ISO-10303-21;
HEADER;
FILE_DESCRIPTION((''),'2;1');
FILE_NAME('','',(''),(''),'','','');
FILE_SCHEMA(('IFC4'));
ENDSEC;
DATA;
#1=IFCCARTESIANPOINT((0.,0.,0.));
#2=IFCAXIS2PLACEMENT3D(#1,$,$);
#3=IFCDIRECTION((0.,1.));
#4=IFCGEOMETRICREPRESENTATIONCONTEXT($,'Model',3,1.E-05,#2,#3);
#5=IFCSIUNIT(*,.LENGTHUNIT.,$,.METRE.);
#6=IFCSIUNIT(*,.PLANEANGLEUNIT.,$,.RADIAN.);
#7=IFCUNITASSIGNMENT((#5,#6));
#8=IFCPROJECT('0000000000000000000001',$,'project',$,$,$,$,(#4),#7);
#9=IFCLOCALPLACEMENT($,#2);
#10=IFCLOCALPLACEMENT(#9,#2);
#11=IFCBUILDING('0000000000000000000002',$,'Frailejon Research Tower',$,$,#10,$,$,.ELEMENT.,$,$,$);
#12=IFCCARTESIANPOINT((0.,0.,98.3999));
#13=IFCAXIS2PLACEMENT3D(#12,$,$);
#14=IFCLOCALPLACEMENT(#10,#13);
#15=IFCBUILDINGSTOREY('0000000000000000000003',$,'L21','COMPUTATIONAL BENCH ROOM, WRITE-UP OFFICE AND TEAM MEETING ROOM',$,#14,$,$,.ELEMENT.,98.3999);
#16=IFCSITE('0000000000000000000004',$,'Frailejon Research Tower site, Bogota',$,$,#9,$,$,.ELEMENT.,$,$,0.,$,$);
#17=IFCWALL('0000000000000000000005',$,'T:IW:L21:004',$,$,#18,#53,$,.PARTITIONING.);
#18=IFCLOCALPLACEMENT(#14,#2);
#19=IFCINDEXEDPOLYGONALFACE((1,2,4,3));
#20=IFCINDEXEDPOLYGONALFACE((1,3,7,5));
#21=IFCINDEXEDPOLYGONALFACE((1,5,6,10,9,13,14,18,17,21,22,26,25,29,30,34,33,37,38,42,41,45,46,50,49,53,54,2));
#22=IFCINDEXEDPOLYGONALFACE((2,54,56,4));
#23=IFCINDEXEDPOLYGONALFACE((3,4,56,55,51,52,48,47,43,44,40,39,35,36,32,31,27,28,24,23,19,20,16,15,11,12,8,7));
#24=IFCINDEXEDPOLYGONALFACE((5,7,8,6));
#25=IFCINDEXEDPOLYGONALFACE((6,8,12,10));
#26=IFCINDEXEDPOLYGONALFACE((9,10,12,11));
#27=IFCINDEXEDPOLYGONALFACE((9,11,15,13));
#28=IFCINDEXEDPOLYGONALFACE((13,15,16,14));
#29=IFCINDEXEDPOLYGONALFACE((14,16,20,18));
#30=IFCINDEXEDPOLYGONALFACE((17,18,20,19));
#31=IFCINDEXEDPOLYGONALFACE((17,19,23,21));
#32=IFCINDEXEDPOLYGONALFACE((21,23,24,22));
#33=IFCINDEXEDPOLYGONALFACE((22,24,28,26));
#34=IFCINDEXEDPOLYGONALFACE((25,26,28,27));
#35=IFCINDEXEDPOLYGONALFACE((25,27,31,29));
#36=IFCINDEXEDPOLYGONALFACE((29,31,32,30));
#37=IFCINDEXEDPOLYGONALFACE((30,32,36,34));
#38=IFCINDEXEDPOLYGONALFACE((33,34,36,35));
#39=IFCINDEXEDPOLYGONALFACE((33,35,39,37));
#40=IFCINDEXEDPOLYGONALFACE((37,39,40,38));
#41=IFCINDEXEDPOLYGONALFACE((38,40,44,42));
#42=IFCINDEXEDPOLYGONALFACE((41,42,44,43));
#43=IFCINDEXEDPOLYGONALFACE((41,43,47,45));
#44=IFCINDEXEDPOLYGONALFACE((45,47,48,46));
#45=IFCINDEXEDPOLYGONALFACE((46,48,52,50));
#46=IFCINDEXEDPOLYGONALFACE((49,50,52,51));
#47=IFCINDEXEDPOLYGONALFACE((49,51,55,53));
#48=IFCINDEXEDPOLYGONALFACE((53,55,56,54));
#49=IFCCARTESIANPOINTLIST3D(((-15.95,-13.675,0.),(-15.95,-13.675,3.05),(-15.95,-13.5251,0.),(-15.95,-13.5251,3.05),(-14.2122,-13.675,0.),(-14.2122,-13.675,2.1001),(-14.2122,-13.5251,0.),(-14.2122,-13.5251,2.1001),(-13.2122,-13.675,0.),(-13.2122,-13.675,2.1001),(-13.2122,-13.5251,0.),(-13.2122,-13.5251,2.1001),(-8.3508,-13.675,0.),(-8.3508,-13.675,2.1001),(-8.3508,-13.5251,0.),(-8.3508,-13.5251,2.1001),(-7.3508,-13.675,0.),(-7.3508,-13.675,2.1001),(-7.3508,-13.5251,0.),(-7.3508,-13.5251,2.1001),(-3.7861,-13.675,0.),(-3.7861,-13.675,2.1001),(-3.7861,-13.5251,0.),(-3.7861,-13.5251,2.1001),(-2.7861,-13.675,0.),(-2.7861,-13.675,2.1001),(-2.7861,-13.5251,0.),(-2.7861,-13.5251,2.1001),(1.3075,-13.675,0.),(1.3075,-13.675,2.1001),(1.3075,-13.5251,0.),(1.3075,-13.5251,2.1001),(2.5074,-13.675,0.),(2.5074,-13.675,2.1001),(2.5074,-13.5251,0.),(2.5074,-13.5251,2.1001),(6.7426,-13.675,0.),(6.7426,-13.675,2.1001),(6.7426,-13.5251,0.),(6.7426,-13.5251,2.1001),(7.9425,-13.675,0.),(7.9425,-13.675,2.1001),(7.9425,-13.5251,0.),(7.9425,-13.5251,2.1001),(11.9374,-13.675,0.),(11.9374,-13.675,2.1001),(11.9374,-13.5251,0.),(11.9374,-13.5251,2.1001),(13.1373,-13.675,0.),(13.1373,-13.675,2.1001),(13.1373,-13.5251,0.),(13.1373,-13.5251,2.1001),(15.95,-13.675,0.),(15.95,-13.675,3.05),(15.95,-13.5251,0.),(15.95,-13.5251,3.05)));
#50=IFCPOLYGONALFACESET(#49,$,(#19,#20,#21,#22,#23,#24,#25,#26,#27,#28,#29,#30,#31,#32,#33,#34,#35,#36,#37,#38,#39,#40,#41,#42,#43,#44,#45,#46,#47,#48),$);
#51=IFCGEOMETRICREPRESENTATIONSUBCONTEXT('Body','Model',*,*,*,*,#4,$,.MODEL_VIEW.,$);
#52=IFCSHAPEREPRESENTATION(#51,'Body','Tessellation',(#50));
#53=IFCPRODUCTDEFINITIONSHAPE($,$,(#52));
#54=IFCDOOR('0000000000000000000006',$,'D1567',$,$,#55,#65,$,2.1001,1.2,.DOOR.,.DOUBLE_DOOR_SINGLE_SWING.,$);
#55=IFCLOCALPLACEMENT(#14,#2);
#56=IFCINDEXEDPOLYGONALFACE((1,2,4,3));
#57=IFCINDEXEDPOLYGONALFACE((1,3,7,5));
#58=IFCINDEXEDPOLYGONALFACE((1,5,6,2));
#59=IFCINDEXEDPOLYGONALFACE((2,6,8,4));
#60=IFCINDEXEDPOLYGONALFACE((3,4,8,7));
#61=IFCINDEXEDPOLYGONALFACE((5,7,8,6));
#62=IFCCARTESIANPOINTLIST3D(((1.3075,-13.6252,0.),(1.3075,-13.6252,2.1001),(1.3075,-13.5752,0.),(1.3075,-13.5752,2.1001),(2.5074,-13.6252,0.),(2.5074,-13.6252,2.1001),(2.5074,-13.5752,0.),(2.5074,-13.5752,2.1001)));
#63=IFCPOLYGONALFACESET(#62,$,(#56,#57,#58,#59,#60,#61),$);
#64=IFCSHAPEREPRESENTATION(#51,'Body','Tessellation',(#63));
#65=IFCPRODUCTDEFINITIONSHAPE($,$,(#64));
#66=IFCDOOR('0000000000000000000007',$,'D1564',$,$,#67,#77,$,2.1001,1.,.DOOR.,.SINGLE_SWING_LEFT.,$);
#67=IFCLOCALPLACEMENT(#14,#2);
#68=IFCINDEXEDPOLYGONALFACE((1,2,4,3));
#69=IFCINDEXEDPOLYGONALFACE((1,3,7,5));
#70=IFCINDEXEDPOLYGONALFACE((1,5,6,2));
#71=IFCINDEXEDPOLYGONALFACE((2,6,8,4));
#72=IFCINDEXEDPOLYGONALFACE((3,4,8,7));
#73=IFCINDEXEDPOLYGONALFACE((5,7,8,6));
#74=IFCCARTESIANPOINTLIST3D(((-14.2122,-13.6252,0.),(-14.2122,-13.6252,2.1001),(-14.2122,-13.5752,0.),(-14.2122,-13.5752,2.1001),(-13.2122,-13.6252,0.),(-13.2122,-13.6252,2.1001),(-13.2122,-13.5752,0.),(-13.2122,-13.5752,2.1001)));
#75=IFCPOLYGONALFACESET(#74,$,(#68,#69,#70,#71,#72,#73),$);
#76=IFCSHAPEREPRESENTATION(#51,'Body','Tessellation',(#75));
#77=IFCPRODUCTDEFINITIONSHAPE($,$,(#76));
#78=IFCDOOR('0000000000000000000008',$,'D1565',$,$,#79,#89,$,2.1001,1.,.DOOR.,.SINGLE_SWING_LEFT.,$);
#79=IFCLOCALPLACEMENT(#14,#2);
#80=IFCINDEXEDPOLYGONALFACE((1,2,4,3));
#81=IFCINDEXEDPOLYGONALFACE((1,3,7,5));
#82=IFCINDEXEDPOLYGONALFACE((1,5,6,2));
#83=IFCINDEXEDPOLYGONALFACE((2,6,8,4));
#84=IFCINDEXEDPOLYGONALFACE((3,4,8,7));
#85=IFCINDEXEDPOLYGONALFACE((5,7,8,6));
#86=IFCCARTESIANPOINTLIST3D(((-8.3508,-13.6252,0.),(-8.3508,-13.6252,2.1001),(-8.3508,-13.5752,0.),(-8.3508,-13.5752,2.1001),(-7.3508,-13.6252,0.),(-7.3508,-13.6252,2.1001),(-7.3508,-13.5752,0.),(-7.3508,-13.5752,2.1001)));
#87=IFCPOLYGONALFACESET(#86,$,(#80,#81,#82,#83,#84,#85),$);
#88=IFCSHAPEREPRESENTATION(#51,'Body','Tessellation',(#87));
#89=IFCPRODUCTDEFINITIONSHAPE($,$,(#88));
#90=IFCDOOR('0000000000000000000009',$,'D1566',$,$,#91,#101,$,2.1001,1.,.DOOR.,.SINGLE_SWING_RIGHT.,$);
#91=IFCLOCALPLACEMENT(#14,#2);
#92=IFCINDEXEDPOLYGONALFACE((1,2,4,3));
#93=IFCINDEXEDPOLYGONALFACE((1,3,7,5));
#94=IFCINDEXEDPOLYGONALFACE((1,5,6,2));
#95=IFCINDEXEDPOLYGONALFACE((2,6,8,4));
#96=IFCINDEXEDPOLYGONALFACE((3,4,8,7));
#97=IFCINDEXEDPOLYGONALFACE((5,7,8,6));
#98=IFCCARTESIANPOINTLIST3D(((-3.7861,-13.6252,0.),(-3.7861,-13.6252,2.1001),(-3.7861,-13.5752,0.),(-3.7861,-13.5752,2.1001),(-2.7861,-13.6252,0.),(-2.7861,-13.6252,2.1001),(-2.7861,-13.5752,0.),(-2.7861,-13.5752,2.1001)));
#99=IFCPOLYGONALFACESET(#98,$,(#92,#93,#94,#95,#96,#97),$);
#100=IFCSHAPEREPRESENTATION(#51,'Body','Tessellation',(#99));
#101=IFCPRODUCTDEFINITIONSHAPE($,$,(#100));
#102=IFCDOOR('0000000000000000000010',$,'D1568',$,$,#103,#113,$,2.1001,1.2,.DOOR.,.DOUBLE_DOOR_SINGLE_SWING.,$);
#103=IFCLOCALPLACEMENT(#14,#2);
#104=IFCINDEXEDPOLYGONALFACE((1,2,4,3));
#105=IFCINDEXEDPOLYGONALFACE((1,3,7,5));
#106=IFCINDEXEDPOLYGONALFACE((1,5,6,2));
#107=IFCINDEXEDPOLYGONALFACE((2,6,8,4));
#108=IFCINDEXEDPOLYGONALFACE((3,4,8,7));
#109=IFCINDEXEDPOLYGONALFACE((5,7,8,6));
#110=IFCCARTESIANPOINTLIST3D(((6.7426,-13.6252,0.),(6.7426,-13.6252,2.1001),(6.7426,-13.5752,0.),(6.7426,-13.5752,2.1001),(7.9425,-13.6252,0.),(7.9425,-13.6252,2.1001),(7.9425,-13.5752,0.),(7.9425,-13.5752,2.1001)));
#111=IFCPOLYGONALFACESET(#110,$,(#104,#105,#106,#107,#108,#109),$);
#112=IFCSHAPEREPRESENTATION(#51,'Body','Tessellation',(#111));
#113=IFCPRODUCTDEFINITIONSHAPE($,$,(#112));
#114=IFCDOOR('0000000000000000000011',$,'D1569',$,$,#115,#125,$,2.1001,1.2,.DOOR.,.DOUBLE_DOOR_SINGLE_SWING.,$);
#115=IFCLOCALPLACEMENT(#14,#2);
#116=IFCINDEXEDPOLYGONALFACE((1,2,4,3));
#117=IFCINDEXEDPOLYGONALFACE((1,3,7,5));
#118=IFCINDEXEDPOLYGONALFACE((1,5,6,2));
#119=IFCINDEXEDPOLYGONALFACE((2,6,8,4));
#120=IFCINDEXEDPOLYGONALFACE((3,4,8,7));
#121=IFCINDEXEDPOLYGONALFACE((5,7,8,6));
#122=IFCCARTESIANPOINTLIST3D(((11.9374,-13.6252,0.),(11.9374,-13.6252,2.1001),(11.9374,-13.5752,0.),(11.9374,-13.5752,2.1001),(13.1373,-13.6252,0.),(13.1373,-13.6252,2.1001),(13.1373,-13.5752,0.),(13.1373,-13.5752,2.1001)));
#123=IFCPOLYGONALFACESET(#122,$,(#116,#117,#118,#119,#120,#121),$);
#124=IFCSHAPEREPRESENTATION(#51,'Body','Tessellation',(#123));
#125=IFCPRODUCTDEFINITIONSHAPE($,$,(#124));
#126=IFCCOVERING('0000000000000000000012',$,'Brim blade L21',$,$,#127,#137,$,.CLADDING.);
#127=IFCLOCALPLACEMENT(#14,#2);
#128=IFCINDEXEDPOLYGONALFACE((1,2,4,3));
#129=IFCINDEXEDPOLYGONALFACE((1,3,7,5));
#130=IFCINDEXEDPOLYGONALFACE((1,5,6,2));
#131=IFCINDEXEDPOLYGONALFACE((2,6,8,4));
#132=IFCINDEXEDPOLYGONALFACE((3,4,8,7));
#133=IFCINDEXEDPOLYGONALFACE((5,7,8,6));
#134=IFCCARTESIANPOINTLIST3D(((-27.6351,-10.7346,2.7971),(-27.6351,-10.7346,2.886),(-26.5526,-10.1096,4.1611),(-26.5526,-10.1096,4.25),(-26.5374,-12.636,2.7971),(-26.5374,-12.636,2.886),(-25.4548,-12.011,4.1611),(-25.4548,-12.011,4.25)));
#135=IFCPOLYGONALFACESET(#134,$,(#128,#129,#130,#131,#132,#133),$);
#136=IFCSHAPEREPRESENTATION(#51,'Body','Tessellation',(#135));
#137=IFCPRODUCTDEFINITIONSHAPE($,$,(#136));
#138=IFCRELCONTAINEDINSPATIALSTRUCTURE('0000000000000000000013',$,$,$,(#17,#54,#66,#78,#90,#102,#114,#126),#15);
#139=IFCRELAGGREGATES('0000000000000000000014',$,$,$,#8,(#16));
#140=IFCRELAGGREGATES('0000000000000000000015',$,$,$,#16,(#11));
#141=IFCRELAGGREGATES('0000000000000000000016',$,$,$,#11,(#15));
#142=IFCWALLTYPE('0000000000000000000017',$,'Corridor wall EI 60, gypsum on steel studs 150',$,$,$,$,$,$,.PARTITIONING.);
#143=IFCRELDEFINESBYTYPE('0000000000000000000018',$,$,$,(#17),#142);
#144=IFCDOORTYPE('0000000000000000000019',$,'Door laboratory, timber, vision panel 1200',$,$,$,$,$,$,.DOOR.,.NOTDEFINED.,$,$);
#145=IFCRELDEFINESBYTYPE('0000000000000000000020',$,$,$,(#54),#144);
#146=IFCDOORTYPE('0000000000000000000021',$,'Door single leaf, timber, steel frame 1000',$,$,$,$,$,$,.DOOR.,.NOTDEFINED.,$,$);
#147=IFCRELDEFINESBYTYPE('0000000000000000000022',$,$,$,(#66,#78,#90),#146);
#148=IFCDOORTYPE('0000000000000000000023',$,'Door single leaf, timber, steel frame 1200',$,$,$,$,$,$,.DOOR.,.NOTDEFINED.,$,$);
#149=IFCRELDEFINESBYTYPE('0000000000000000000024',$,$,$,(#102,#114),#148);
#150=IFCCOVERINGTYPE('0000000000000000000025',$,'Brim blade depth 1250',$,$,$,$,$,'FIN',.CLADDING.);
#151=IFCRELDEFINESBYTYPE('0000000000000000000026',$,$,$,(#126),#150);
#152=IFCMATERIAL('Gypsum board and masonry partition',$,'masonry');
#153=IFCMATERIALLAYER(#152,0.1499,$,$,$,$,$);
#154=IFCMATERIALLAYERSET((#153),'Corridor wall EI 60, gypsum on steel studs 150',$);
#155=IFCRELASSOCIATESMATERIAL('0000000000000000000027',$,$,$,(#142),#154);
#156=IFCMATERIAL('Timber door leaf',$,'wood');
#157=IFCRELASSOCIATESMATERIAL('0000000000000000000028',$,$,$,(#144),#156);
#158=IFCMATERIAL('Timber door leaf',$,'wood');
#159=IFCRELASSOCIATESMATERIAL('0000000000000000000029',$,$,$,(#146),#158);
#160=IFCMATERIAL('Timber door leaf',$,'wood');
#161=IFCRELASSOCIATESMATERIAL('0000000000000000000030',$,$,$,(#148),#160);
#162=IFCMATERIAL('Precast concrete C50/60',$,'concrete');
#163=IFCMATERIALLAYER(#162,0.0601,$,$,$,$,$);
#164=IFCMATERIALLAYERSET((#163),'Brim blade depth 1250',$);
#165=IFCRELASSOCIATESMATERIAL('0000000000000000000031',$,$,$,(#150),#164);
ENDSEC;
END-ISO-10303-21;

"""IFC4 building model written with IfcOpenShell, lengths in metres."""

from ifc_helpers import new_model, si_unit, direction, frame, frame_2d, origin, place, context, subcontext, project, spatial, polyline, rectangle, outline, extrude, material, layer, layer_set, type_object, element, fill, save


model = new_model("IFC4")

# Units and contexts
model_context = context("Model", 3, precision=1e-05, world=origin(), true_north=direction((0.0, 1.0)))
body_context = subcontext(model_context, "Body", "Model", "MODEL_VIEW")
ifc_project = project(units=[si_unit("LENGTHUNIT", "METRE"), si_unit("PLANEANGLEUNIT", "RADIAN")], contexts=[model_context])

# Site, building, storey
site_placement = place(None, origin())
site = spatial("IfcSite", under=ifc_project, at=site_placement, Name="Frailejon Research Tower site, Bogota", CompositionType="ELEMENT", RefElevation=0.0)
building_placement = place(site_placement, origin())
building = spatial("IfcBuilding", under=site, at=building_placement, Name="Frailejon Research Tower", CompositionType="ELEMENT")
storey_placement = place(building_placement, frame((0.0, 0.0, 98.3999)))
storey = spatial("IfcBuildingStorey", under=building, at=storey_placement, Name="L21", Description="COMPUTATIONAL BENCH ROOM, WRITE-UP OFFICE AND TEAM MEETING ROOM", CompositionType="ELEMENT", Elevation=98.3999)

# Wall, openings, doors
ifc_material_1 = material(Name="Gypsum board and masonry partition", Category="masonry")
ifc_layer_1 = layer(ifc_material_1, 0.1499)
ifc_layer_set_1 = layer_set([ifc_layer_1], Name="Corridor wall EI 60, gypsum on steel studs 150")
wall_type = type_object("IfcWallType", Name="Corridor wall EI 60, gypsum on steel studs 150", PredefinedType="PARTITIONING", material=ifc_layer_set_1)
ifc_material_2 = material(Name="Timber door leaf", Category="wood")
door_type_1 = type_object("IfcDoorType", Name="Door laboratory, timber, vision panel 1200", OperationType="NOTDEFINED", PredefinedType="DOOR", material=ifc_material_2)
ifc_material_3 = material(Name="Timber door leaf", Category="wood")
door_type_2 = type_object("IfcDoorType", Name="Door single leaf, timber, steel frame 1000", OperationType="NOTDEFINED", PredefinedType="DOOR", material=ifc_material_3)
ifc_material_4 = material(Name="Timber door leaf", Category="wood")
door_type_3 = type_object("IfcDoorType", Name="Door single leaf, timber, steel frame 1200", OperationType="NOTDEFINED", PredefinedType="DOOR", material=ifc_material_4)
wall_1_placement = place(storey_placement, frame((-15.95, -13.6001, 0.0), z_axis=(0.0, 0.0, 1.0), x_axis=(1.0, 0.0, 0.0)))
wall_1 = element("IfcWall", 1, at=wall_1_placement, inside=storey, type_object=wall_type, Name="T:IW:L21:004", PredefinedType="PARTITIONING", context=body_context, shape_type="SweptSolid", body=[
    extrude(rectangle(XDim=31.8999, YDim=0.1499, at=frame_2d((15.95, 0.0))), origin(), (0.0, 0.0, 1.0), 3.05),
])
opening_1_placement = place(wall_1_placement, frame((1.7378, 0.0, 0.0)))
opening_1 = element("IfcOpeningElement", 2, at=opening_1_placement, cuts=wall_1, PredefinedType="OPENING", context=body_context, shape_type="SweptSolid", body=[
    extrude(rectangle(XDim=1.0, YDim=2.1001, at=frame_2d((0.5, 1.05))), frame((0.0, 0.085, 0.0), z_axis=(0.0, -1.0, 0.0), x_axis=(1.0, 0.0, 0.0)), (0.0, 0.0, 1.0), 0.1699),
])
opening_2_placement = place(wall_1_placement, frame((7.5991, 0.0, 0.0)))
opening_2 = element("IfcOpeningElement", 3, at=opening_2_placement, cuts=wall_1, PredefinedType="OPENING", context=body_context, shape_type="SweptSolid", body=[
    extrude(rectangle(XDim=1.0, YDim=2.1001, at=frame_2d((0.5, 1.05))), frame((0.0, 0.085, 0.0), z_axis=(0.0, -1.0, 0.0), x_axis=(1.0, 0.0, 0.0)), (0.0, 0.0, 1.0), 0.1699),
])
opening_3_placement = place(wall_1_placement, frame((12.1638, 0.0, 0.0)))
opening_3 = element("IfcOpeningElement", 4, at=opening_3_placement, cuts=wall_1, PredefinedType="OPENING", context=body_context, shape_type="SweptSolid", body=[
    extrude(rectangle(XDim=1.0, YDim=2.1001, at=frame_2d((0.5, 1.05))), frame((0.0, 0.085, 0.0), z_axis=(0.0, -1.0, 0.0), x_axis=(1.0, 0.0, 0.0)), (0.0, 0.0, 1.0), 0.1699),
])
opening_4_placement = place(wall_1_placement, frame((17.2573, 0.0, 0.0)))
opening_4 = element("IfcOpeningElement", 5, at=opening_4_placement, cuts=wall_1, PredefinedType="OPENING", context=body_context, shape_type="SweptSolid", body=[
    extrude(rectangle(XDim=1.2, YDim=2.1001, at=frame_2d((0.6001, 1.05))), frame((0.0, 0.085, 0.0), z_axis=(0.0, -1.0, 0.0), x_axis=(1.0, 0.0, 0.0)), (0.0, 0.0, 1.0), 0.1699),
])
opening_5_placement = place(wall_1_placement, frame((22.6924, 0.0, 0.0)))
opening_5 = element("IfcOpeningElement", 6, at=opening_5_placement, cuts=wall_1, PredefinedType="OPENING", context=body_context, shape_type="SweptSolid", body=[
    extrude(rectangle(XDim=1.2, YDim=2.1001, at=frame_2d((0.6001, 1.05))), frame((0.0, 0.085, 0.0), z_axis=(0.0, -1.0, 0.0), x_axis=(1.0, 0.0, 0.0)), (0.0, 0.0, 1.0), 0.1699),
])
opening_6_placement = place(wall_1_placement, frame((27.8872, 0.0, 0.0)))
opening_6 = element("IfcOpeningElement", 7, at=opening_6_placement, cuts=wall_1, PredefinedType="OPENING", context=body_context, shape_type="SweptSolid", body=[
    extrude(rectangle(XDim=1.2, YDim=2.1001, at=frame_2d((0.6001, 1.05))), frame((0.0, 0.085, 0.0), z_axis=(0.0, -1.0, 0.0), x_axis=(1.0, 0.0, 0.0)), (0.0, 0.0, 1.0), 0.1699),
])
door_1_placement = place(opening_4_placement, origin())
door_1 = element("IfcDoor", 8, at=door_1_placement, inside=storey, type_object=door_type_1, Name="D1567", OperationType="DOUBLE_DOOR_SINGLE_SWING", OverallHeight=2.1001, OverallWidth=1.2, PredefinedType="DOOR", context=body_context, shape_type="SweptSolid", body=[
    extrude(rectangle(XDim=1.2, YDim=2.1001, at=frame_2d((0.6001, 1.05))), frame((0.0, 0.0249, 0.0), z_axis=(0.0, -1.0, 0.0), x_axis=(1.0, 0.0, 0.0)), (0.0, 0.0, 1.0), 0.05),
])
fill(opening_4, door_1)
door_2_placement = place(opening_1_placement, origin())
door_2 = element("IfcDoor", 9, at=door_2_placement, inside=storey, type_object=door_type_2, Name="D1564", OperationType="SINGLE_SWING_LEFT", OverallHeight=2.1001, OverallWidth=1.0, PredefinedType="DOOR", context=body_context, shape_type="SweptSolid", body=[
    extrude(rectangle(XDim=1.0, YDim=2.1001, at=frame_2d((0.5, 1.05))), frame((0.0, 0.0249, 0.0), z_axis=(0.0, -1.0, 0.0), x_axis=(1.0, 0.0, 0.0)), (0.0, 0.0, 1.0), 0.05),
])
fill(opening_1, door_2)
door_3_placement = place(opening_2_placement, origin())
door_3 = element("IfcDoor", 10, at=door_3_placement, inside=storey, type_object=door_type_2, Name="D1565", OperationType="SINGLE_SWING_LEFT", OverallHeight=2.1001, OverallWidth=1.0, PredefinedType="DOOR", context=body_context, shape_type="SweptSolid", body=[
    extrude(rectangle(XDim=1.0, YDim=2.1001, at=frame_2d((0.5, 1.05))), frame((0.0, 0.0249, 0.0), z_axis=(0.0, -1.0, 0.0), x_axis=(1.0, 0.0, 0.0)), (0.0, 0.0, 1.0), 0.05),
])
fill(opening_2, door_3)
door_4_placement = place(opening_3_placement, origin())
door_4 = element("IfcDoor", 11, at=door_4_placement, inside=storey, type_object=door_type_2, Name="D1566", OperationType="SINGLE_SWING_RIGHT", OverallHeight=2.1001, OverallWidth=1.0, PredefinedType="DOOR", context=body_context, shape_type="SweptSolid", body=[
    extrude(rectangle(XDim=1.0, YDim=2.1001, at=frame_2d((0.5, 1.05))), frame((0.0, 0.0249, 0.0), z_axis=(0.0, -1.0, 0.0), x_axis=(1.0, 0.0, 0.0)), (0.0, 0.0, 1.0), 0.05),
])
fill(opening_3, door_4)
door_5_placement = place(opening_5_placement, origin())
door_5 = element("IfcDoor", 12, at=door_5_placement, inside=storey, type_object=door_type_3, Name="D1568", OperationType="DOUBLE_DOOR_SINGLE_SWING", OverallHeight=2.1001, OverallWidth=1.2, PredefinedType="DOOR", context=body_context, shape_type="SweptSolid", body=[
    extrude(rectangle(XDim=1.2, YDim=2.1001, at=frame_2d((0.6001, 1.05))), frame((0.0, 0.0249, 0.0), z_axis=(0.0, -1.0, 0.0), x_axis=(1.0, 0.0, 0.0)), (0.0, 0.0, 1.0), 0.05),
])
fill(opening_5, door_5)
door_6_placement = place(opening_6_placement, origin())
door_6 = element("IfcDoor", 13, at=door_6_placement, inside=storey, type_object=door_type_3, Name="D1569", OperationType="DOUBLE_DOOR_SINGLE_SWING", OverallHeight=2.1001, OverallWidth=1.2, PredefinedType="DOOR", context=body_context, shape_type="SweptSolid", body=[
    extrude(rectangle(XDim=1.2, YDim=2.1001, at=frame_2d((0.6001, 1.05))), frame((0.0, 0.0249, 0.0), z_axis=(0.0, -1.0, 0.0), x_axis=(1.0, 0.0, 0.0)), (0.0, 0.0, 1.0), 0.05),
])
fill(opening_6, door_6)

# Covering
ifc_material_5 = material(Name="Precast concrete C50/60", Category="concrete")
ifc_layer_2 = layer(ifc_material_5, 0.0601)
ifc_layer_set_2 = layer_set([ifc_layer_2], Name="Brim blade depth 1250")
covering_type = type_object("IfcCoveringType", Name="Brim blade depth 1250", ElementType="FIN", PredefinedType="CLADDING", material=ifc_layer_set_2)
covering_placement = place(storey_placement, frame((-25.4548, -12.011, 4.25), z_axis=(-0.499996, 0.866028, 0.0), x_axis=(-0.866028, -0.499996, 0.0)))
element("IfcCovering", 14, at=covering_placement, inside=storey, type_object=covering_type, Name="Brim blade L21", PredefinedType="CLADDING", context=body_context, shape_type="SweptSolid", body=[
    extrude(outline(polyline([(0.0, -0.0889), (1.25, -1.4529), (1.25, -1.364), (0.0, 0.0), (0.0, -0.0889)])), origin(), (0.0, 0.0, 1.0), 2.1956),
])

save(model, "model.ifc")
